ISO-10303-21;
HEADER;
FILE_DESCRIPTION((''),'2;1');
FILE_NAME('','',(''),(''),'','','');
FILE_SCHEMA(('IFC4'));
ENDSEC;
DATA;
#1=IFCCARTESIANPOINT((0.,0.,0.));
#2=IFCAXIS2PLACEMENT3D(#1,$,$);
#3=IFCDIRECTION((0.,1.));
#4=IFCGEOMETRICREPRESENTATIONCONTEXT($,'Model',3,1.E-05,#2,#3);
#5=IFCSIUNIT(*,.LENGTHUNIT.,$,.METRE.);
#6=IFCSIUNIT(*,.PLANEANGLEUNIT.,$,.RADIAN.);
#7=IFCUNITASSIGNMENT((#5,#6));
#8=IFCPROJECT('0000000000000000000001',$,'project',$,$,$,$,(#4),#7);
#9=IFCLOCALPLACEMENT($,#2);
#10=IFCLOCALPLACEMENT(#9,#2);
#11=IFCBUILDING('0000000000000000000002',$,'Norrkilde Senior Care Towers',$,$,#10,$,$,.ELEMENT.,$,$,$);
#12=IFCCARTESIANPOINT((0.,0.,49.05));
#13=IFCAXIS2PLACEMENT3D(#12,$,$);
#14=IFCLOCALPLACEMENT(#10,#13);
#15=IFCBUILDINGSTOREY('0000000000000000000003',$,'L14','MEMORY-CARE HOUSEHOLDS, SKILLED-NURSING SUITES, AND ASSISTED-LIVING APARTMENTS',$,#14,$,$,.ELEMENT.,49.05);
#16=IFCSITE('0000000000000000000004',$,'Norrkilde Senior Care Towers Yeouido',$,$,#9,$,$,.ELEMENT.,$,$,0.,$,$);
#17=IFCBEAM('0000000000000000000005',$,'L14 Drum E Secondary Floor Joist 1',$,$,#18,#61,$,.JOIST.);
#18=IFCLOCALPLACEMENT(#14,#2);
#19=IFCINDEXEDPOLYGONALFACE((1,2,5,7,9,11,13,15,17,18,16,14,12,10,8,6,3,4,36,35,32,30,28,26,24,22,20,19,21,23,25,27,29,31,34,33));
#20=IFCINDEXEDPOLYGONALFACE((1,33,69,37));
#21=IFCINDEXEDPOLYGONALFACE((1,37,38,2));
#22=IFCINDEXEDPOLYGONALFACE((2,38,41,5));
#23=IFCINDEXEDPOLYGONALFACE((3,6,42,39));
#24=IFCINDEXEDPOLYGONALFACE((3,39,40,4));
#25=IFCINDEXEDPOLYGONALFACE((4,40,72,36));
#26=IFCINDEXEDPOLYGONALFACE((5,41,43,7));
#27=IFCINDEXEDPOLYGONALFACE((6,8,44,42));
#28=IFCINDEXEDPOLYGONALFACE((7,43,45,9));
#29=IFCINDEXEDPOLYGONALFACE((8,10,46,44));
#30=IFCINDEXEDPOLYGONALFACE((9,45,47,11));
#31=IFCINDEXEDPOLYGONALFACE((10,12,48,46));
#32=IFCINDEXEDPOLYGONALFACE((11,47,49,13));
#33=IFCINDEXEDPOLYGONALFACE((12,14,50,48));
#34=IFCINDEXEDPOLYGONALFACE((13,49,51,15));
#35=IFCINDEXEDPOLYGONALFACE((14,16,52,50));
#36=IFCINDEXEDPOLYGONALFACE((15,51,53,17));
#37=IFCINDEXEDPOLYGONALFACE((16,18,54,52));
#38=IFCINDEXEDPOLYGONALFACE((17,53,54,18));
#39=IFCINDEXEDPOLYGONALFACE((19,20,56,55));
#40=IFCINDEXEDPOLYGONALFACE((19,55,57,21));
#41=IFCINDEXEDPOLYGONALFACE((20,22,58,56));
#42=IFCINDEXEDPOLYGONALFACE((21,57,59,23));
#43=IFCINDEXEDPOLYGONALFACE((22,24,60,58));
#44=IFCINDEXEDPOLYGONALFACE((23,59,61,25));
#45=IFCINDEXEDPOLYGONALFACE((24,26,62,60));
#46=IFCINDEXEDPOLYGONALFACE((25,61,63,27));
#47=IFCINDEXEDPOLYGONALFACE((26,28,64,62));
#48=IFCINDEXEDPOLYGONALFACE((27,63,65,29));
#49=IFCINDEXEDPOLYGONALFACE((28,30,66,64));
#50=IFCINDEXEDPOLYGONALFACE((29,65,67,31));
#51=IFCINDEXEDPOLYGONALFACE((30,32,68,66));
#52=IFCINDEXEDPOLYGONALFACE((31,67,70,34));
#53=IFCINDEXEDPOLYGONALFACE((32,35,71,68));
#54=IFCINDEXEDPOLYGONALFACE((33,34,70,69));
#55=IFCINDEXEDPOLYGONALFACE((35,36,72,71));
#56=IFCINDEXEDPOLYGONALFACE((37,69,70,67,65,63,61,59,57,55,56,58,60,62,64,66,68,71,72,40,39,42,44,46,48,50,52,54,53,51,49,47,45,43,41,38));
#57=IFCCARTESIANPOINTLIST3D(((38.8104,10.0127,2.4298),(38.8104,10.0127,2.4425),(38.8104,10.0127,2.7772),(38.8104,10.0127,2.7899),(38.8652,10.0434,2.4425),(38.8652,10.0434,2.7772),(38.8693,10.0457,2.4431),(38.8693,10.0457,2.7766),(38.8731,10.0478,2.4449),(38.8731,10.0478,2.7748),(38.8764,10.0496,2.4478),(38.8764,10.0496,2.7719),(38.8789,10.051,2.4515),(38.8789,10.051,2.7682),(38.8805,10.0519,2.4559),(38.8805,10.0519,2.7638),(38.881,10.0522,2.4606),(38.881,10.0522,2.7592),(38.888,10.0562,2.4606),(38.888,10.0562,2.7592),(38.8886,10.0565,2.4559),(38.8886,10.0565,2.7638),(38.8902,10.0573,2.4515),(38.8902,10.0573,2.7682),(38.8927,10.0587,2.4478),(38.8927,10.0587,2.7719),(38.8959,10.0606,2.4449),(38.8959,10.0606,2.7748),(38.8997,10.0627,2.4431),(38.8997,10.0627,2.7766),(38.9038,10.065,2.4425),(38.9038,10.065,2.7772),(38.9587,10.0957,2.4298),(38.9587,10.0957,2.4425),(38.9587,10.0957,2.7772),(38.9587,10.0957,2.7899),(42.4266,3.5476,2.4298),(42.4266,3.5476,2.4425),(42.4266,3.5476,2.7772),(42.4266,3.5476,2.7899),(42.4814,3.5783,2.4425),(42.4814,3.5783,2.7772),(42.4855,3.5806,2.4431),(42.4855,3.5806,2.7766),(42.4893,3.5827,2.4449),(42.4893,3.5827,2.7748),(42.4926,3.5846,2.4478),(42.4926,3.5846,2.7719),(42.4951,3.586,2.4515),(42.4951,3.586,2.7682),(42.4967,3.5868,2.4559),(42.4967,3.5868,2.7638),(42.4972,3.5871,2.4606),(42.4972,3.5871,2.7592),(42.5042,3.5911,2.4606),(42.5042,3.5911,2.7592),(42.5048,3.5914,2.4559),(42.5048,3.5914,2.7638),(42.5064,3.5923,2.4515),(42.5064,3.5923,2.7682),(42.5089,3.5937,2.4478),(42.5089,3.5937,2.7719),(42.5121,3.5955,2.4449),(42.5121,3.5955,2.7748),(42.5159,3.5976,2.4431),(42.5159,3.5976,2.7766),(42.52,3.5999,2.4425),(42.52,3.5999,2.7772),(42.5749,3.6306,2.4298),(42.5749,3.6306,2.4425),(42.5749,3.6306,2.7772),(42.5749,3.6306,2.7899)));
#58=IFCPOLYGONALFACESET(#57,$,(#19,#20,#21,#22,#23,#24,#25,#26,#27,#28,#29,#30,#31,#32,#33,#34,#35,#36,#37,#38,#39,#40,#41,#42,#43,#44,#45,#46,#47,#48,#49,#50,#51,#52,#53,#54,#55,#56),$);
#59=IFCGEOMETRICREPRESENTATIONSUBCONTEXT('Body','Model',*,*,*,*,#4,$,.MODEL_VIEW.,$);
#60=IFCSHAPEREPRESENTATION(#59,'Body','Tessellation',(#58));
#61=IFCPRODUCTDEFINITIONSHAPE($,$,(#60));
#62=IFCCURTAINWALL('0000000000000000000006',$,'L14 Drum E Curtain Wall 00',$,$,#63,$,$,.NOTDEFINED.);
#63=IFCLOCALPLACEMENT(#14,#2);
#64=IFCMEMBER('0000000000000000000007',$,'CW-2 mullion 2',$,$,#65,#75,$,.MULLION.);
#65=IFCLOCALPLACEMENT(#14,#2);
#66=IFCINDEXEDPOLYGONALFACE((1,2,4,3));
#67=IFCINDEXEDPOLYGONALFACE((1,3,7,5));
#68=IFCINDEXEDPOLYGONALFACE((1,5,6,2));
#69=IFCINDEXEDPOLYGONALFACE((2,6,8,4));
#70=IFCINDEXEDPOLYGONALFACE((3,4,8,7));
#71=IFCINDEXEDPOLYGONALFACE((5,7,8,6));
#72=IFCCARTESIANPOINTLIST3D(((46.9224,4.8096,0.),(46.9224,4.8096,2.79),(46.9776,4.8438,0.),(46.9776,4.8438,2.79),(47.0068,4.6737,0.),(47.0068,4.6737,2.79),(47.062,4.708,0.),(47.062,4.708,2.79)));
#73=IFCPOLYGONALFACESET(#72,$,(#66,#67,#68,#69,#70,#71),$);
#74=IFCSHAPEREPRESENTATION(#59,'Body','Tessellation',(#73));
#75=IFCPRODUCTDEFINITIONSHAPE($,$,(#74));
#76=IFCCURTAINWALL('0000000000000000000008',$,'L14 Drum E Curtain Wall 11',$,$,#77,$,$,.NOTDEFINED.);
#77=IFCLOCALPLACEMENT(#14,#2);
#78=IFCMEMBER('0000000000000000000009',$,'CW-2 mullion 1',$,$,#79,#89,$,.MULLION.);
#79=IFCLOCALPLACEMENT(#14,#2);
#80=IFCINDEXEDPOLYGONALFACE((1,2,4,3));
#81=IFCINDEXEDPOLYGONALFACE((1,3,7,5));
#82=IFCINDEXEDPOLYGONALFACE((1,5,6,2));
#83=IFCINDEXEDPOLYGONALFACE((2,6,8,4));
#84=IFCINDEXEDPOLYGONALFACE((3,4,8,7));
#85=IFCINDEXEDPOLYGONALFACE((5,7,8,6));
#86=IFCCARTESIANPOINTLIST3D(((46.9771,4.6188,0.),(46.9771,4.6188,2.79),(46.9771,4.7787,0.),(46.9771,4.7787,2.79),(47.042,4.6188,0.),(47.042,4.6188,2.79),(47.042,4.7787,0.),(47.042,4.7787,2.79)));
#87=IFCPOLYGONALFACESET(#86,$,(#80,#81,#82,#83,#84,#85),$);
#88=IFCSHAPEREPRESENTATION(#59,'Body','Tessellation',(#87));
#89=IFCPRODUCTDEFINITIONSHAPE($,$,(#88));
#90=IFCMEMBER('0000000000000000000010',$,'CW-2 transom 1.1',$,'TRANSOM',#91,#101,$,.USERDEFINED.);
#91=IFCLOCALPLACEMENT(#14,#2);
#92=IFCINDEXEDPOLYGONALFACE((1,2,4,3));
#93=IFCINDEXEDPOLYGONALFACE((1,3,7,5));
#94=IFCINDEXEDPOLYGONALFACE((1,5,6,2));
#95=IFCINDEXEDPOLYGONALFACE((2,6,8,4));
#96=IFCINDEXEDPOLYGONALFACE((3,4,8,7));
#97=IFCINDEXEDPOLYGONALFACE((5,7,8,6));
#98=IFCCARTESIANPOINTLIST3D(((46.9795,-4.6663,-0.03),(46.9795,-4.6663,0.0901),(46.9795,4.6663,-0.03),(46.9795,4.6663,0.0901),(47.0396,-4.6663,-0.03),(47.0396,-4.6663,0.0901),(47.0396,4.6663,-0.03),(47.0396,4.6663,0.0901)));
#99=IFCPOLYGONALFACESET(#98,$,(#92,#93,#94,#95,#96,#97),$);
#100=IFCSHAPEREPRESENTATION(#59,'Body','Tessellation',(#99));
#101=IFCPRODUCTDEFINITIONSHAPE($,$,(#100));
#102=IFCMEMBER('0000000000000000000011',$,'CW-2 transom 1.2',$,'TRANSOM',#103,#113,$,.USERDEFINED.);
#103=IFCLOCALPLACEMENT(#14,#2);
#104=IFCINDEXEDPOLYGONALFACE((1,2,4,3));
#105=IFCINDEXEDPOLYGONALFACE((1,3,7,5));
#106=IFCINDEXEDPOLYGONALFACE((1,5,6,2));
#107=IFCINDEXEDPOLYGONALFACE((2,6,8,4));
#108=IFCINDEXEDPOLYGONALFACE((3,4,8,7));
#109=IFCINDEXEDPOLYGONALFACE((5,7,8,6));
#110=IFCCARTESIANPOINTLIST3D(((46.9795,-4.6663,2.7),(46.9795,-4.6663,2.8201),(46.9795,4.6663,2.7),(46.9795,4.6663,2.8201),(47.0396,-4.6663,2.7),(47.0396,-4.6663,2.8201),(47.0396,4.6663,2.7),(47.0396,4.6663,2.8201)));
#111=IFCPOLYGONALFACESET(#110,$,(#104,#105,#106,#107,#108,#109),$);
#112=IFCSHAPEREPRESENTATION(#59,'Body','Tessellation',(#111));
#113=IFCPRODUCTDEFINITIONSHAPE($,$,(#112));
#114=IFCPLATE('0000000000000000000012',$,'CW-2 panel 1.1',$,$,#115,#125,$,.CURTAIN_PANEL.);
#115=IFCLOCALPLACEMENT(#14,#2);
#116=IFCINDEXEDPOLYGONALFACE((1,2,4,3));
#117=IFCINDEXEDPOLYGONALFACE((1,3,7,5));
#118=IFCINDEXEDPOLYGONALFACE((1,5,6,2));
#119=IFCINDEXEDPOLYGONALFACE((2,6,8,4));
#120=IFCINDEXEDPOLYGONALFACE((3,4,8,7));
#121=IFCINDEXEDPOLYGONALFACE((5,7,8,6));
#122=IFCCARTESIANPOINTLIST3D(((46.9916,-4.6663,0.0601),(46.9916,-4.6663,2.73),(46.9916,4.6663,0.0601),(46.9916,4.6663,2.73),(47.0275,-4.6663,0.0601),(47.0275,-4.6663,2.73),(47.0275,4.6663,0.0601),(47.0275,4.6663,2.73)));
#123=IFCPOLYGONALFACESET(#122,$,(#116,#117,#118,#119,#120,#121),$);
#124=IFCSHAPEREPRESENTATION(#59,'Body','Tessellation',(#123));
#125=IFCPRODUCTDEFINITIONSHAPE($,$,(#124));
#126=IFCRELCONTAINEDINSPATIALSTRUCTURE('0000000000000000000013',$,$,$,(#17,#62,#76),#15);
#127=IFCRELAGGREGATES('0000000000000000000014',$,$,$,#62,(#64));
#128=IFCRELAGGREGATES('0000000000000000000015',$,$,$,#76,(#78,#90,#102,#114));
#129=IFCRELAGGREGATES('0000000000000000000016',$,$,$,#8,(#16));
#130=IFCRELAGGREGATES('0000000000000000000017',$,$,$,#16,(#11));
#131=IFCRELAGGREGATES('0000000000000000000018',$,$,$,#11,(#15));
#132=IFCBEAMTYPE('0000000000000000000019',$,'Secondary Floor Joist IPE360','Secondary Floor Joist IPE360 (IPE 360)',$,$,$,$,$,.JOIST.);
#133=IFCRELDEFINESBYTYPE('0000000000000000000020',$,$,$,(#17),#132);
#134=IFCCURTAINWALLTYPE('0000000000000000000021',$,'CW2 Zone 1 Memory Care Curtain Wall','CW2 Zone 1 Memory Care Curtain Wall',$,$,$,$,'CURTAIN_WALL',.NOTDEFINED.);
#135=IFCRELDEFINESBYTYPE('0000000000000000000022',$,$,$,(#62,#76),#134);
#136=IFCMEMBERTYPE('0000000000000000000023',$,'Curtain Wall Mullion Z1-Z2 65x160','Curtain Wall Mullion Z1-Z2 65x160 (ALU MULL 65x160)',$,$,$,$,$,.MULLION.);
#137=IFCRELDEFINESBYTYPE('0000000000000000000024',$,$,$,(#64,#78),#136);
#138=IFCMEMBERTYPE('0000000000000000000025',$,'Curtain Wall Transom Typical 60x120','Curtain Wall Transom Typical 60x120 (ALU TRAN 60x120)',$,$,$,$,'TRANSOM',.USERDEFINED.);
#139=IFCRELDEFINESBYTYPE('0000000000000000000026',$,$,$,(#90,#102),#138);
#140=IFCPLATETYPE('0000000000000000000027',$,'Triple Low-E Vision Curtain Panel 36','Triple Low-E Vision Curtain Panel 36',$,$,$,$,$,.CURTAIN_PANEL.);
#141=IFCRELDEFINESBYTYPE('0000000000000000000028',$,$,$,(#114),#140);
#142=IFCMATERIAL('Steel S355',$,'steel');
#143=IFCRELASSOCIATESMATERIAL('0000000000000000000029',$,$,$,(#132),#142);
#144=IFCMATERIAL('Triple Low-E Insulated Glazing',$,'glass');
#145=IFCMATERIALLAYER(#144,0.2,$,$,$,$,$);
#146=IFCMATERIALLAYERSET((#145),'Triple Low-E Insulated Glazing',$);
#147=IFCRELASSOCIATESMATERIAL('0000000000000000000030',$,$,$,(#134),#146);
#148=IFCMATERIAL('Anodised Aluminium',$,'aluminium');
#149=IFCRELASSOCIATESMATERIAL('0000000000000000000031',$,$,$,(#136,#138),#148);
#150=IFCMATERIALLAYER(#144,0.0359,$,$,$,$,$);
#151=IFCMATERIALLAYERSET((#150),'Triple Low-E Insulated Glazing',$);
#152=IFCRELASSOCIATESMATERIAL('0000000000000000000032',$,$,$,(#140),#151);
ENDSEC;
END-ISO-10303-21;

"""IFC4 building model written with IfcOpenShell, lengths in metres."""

from ifc_helpers import new_model, si_unit, direction, frame, origin, origin_2d, place, context, subcontext, project, spatial, rectangle, i_section, extrude, source, transform, mapped, material, layer, layer_set, material_profile, profile_set, type_object, type_shapes, element, aggregate, save


model = new_model("IFC4")

# Units and contexts
model_context = context("Model", 3, precision=1e-05, world=origin(), true_north=direction((0.0, 1.0)))
body_context = subcontext(model_context, "Body", "Model", "MODEL_VIEW")
ifc_project = project(units=[si_unit("LENGTHUNIT", "METRE"), si_unit("PLANEANGLEUNIT", "RADIAN")], contexts=[model_context])

# Site, building, storey
site_placement = place(None, origin())
site = spatial("IfcSite", under=ifc_project, at=site_placement, Name="Norrkilde Senior Care Towers Yeouido", CompositionType="ELEMENT", RefElevation=0.0)
building_placement = place(site_placement, origin())
building = spatial("IfcBuilding", under=site, at=building_placement, Name="Norrkilde Senior Care Towers", CompositionType="ELEMENT")
storey_placement = place(building_placement, frame((0.0, 0.0, 49.05)))
storey = spatial("IfcBuildingStorey", under=building, at=storey_placement, Name="L14", Description="MEMORY-CARE HOUSEHOLDS, SKILLED-NURSING SUITES, AND ASSISTED-LIVING APARTMENTS", CompositionType="ELEMENT", Elevation=49.05)

# Beam
ifc_material_1 = material(Name="Steel S355", Category="steel")
ifc_material_profile_1 = material_profile(ifc_material_1, i_section(OverallWidth=0.1699, OverallDepth=0.3601, WebThickness=0.0081, FlangeThickness=0.0127, FilletRadius=0.0181, at=origin_2d()), Name="IPE 360")
ifc_profile_set_1 = profile_set([ifc_material_profile_1], Name="Steel S355")
beam_type_1 = type_object("IfcBeamType", Name="Secondary Floor Joist IPE360", Description="Secondary Floor Joist IPE360 (IPE 360)", PredefinedType="JOIST", material=ifc_profile_set_1)
shared_shape_1 = source(origin(), body_context, "Body", "SweptSolid", [
    extrude(i_section(OverallWidth=0.1699, OverallDepth=0.3601, WebThickness=0.0081, FlangeThickness=0.0127, FilletRadius=0.0181, at=origin_2d()), origin(), (0.0, 0.0, 1.0), 7.4077),
])
type_shapes(beam_type_1, [shared_shape_1])
beam_1_placement = place(storey_placement, frame((42.5007, 3.5891, 2.6099), z_axis=(-0.488168, 0.87275, 0.0), x_axis=(-0.87275, -0.488168, 0.0)))
element("IfcBeam", 1, at=beam_1_placement, inside=storey, type_object=beam_type_1, Name="L14 Drum E Secondary Floor Joist 1", PredefinedType="JOIST", context=body_context, shape_type="MappedRepresentation", body=[
    mapped(shared_shape_1, transform((0.0, 0.0, 0.0), x_axis=(1.0, 0.0, 0.0), y_axis=(0.0, 1.0, 0.0), z_axis=(0.0, 0.0, 1.0), scale=1.0)),
])

# Curtain wall, member
ifc_material_2 = material(Name="Triple Low-E Insulated Glazing", Category="glass")
ifc_layer_1 = layer(ifc_material_2, 0.2)
ifc_layer_set_1 = layer_set([ifc_layer_1], Name="Triple Low-E Insulated Glazing")
curtain_wall_type = type_object("IfcCurtainWallType", Name="CW2 Zone 1 Memory Care Curtain Wall", Description="CW2 Zone 1 Memory Care Curtain Wall", ElementType="CURTAIN_WALL", PredefinedType="NOTDEFINED", material=ifc_layer_set_1)
curtain_wall_1_placement = place(storey_placement, origin())
curtain_wall_1 = element("IfcCurtainWall", 2, at=curtain_wall_1_placement, inside=storey, type_object=curtain_wall_type, Name="L14 Drum E Curtain Wall 00", PredefinedType="NOTDEFINED")
ifc_material_3 = material(Name="Anodised Aluminium", Category="aluminium")
ifc_material_profile_2 = material_profile(ifc_material_3, rectangle(XDim=0.0649, YDim=0.1599, at=origin_2d()), Name="ALU MULL 65x160")
ifc_profile_set_2 = profile_set([ifc_material_profile_2], Name="Anodised Aluminium")
member_type_1 = type_object("IfcMemberType", Name="Curtain Wall Mullion Z1-Z2 65x160", Description="Curtain Wall Mullion Z1-Z2 65x160 (ALU MULL 65x160)", PredefinedType="MULLION", material=ifc_profile_set_2)
shared_shape_2 = source(origin(), body_context, "Body", "SweptSolid", [
    extrude(rectangle(XDim=0.0649, YDim=0.1599, at=origin_2d()), origin(), (0.0, 0.0, 1.0), 2.79),
])
type_shapes(member_type_1, [shared_shape_2])
member_1_placement = place(storey_placement, frame((46.9922, 4.7588, 0.0), z_axis=(0.0, 0.0, 1.0), x_axis=(0.849306, 0.527901, 0.0)))
member_1 = element("IfcMember", 3, at=member_1_placement, type_object=member_type_1, Name="CW-2 mullion 2", PredefinedType="MULLION", context=body_context, shape_type="MappedRepresentation", body=[
    mapped(shared_shape_2, transform((0.0, 0.0, 0.0), x_axis=(1.0, 0.0, 0.0), y_axis=(0.0, 1.0, 0.0), z_axis=(0.0, 0.0, 1.0), scale=1.0)),
])
aggregate(curtain_wall_1, [member_1])

# Curtain wall, members, plate
curtain_wall_2_placement = place(storey_placement, origin())
curtain_wall_2 = element("IfcCurtainWall", 4, at=curtain_wall_2_placement, inside=storey, type_object=curtain_wall_type, Name="L14 Drum E Curtain Wall 11", PredefinedType="NOTDEFINED")
member_2_placement = place(storey_placement, frame((47.0095, 4.6987, 0.0), z_axis=(0.0, 0.0, 1.0), x_axis=(1.0, 0.0, 0.0)))
member_2 = element("IfcMember", 5, at=member_2_placement, type_object=member_type_1, Name="CW-2 mullion 1", PredefinedType="MULLION", context=body_context, shape_type="MappedRepresentation", body=[
    mapped(shared_shape_2, transform((0.0, 0.0, 0.0), x_axis=(1.0, 0.0, 0.0), y_axis=(0.0, 1.0, 0.0), z_axis=(0.0, 0.0, 1.0), scale=1.0)),
])
ifc_material_profile_3 = material_profile(ifc_material_3, rectangle(XDim=0.0601, YDim=0.1201, at=origin_2d()), Name="ALU TRAN 60x120")
ifc_profile_set_3 = profile_set([ifc_material_profile_3], Name="Anodised Aluminium")
member_type_2 = type_object("IfcMemberType", Name="Curtain Wall Transom Typical 60x120", Description="Curtain Wall Transom Typical 60x120 (ALU TRAN 60x120)", ElementType="TRANSOM", PredefinedType="USERDEFINED", material=ifc_profile_set_3)
shared_shape_3 = source(origin(), body_context, "Body", "SweptSolid", [
    extrude(rectangle(XDim=0.0601, YDim=0.1201, at=origin_2d()), origin(), (0.0, 0.0, 1.0), 9.3325),
])
type_shapes(member_type_2, [shared_shape_3])
member_3_placement = place(storey_placement, frame((47.0095, 4.6663, 0.03), z_axis=(0.0, -1.0, 0.0), x_axis=(1.0, 0.0, 0.0)))
member_3 = element("IfcMember", 6, at=member_3_placement, type_object=member_type_2, Name="CW-2 transom 1.1", ObjectType="TRANSOM", PredefinedType="USERDEFINED", context=body_context, shape_type="MappedRepresentation", body=[
    mapped(shared_shape_3, transform((0.0, 0.0, 0.0), x_axis=(1.0, 0.0, 0.0), y_axis=(0.0, 1.0, 0.0), z_axis=(0.0, 0.0, 1.0), scale=1.0)),
])
member_4_placement = place(storey_placement, frame((47.0095, 4.6663, 2.76), z_axis=(0.0, -1.0, 0.0), x_axis=(1.0, 0.0, 0.0)))
member_4 = element("IfcMember", 7, at=member_4_placement, type_object=member_type_2, Name="CW-2 transom 1.2", ObjectType="TRANSOM", PredefinedType="USERDEFINED", context=body_context, shape_type="MappedRepresentation", body=[
    mapped(shared_shape_3, transform((0.0, 0.0, 0.0), x_axis=(1.0, 0.0, 0.0), y_axis=(0.0, 1.0, 0.0), z_axis=(0.0, 0.0, 1.0), scale=1.0)),
])
ifc_layer_2 = layer(ifc_material_2, 0.0359)
ifc_layer_set_2 = layer_set([ifc_layer_2], Name="Triple Low-E Insulated Glazing")
plate_type = type_object("IfcPlateType", Name="Triple Low-E Vision Curtain Panel 36", Description="Triple Low-E Vision Curtain Panel 36", PredefinedType="CURTAIN_PANEL", material=ifc_layer_set_2)
shared_shape_4 = source(origin(), body_context, "Body", "SweptSolid", [
    extrude(rectangle(XDim=9.3325, YDim=0.0359, at=origin_2d()), origin(), (0.0, 0.0, 1.0), 2.6699),
])
type_shapes(plate_type, [shared_shape_4])
plate_placement = place(storey_placement, frame((47.0095, 0.0, 0.0601), z_axis=(0.0, 0.0, 1.0), x_axis=(0.0, -1.0, 0.0)))
plate = element("IfcPlate", 8, at=plate_placement, type_object=plate_type, Name="CW-2 panel 1.1", PredefinedType="CURTAIN_PANEL", context=body_context, shape_type="MappedRepresentation", body=[
    mapped(shared_shape_4, transform((0.0, 0.0, 0.0), x_axis=(1.0, 0.0, 0.0), y_axis=(0.0, 1.0, 0.0), z_axis=(0.0, 0.0, 1.0), scale=1.0)),
])
aggregate(curtain_wall_2, [member_2, member_3, member_4, plate])

save(model, "model.ifc")
